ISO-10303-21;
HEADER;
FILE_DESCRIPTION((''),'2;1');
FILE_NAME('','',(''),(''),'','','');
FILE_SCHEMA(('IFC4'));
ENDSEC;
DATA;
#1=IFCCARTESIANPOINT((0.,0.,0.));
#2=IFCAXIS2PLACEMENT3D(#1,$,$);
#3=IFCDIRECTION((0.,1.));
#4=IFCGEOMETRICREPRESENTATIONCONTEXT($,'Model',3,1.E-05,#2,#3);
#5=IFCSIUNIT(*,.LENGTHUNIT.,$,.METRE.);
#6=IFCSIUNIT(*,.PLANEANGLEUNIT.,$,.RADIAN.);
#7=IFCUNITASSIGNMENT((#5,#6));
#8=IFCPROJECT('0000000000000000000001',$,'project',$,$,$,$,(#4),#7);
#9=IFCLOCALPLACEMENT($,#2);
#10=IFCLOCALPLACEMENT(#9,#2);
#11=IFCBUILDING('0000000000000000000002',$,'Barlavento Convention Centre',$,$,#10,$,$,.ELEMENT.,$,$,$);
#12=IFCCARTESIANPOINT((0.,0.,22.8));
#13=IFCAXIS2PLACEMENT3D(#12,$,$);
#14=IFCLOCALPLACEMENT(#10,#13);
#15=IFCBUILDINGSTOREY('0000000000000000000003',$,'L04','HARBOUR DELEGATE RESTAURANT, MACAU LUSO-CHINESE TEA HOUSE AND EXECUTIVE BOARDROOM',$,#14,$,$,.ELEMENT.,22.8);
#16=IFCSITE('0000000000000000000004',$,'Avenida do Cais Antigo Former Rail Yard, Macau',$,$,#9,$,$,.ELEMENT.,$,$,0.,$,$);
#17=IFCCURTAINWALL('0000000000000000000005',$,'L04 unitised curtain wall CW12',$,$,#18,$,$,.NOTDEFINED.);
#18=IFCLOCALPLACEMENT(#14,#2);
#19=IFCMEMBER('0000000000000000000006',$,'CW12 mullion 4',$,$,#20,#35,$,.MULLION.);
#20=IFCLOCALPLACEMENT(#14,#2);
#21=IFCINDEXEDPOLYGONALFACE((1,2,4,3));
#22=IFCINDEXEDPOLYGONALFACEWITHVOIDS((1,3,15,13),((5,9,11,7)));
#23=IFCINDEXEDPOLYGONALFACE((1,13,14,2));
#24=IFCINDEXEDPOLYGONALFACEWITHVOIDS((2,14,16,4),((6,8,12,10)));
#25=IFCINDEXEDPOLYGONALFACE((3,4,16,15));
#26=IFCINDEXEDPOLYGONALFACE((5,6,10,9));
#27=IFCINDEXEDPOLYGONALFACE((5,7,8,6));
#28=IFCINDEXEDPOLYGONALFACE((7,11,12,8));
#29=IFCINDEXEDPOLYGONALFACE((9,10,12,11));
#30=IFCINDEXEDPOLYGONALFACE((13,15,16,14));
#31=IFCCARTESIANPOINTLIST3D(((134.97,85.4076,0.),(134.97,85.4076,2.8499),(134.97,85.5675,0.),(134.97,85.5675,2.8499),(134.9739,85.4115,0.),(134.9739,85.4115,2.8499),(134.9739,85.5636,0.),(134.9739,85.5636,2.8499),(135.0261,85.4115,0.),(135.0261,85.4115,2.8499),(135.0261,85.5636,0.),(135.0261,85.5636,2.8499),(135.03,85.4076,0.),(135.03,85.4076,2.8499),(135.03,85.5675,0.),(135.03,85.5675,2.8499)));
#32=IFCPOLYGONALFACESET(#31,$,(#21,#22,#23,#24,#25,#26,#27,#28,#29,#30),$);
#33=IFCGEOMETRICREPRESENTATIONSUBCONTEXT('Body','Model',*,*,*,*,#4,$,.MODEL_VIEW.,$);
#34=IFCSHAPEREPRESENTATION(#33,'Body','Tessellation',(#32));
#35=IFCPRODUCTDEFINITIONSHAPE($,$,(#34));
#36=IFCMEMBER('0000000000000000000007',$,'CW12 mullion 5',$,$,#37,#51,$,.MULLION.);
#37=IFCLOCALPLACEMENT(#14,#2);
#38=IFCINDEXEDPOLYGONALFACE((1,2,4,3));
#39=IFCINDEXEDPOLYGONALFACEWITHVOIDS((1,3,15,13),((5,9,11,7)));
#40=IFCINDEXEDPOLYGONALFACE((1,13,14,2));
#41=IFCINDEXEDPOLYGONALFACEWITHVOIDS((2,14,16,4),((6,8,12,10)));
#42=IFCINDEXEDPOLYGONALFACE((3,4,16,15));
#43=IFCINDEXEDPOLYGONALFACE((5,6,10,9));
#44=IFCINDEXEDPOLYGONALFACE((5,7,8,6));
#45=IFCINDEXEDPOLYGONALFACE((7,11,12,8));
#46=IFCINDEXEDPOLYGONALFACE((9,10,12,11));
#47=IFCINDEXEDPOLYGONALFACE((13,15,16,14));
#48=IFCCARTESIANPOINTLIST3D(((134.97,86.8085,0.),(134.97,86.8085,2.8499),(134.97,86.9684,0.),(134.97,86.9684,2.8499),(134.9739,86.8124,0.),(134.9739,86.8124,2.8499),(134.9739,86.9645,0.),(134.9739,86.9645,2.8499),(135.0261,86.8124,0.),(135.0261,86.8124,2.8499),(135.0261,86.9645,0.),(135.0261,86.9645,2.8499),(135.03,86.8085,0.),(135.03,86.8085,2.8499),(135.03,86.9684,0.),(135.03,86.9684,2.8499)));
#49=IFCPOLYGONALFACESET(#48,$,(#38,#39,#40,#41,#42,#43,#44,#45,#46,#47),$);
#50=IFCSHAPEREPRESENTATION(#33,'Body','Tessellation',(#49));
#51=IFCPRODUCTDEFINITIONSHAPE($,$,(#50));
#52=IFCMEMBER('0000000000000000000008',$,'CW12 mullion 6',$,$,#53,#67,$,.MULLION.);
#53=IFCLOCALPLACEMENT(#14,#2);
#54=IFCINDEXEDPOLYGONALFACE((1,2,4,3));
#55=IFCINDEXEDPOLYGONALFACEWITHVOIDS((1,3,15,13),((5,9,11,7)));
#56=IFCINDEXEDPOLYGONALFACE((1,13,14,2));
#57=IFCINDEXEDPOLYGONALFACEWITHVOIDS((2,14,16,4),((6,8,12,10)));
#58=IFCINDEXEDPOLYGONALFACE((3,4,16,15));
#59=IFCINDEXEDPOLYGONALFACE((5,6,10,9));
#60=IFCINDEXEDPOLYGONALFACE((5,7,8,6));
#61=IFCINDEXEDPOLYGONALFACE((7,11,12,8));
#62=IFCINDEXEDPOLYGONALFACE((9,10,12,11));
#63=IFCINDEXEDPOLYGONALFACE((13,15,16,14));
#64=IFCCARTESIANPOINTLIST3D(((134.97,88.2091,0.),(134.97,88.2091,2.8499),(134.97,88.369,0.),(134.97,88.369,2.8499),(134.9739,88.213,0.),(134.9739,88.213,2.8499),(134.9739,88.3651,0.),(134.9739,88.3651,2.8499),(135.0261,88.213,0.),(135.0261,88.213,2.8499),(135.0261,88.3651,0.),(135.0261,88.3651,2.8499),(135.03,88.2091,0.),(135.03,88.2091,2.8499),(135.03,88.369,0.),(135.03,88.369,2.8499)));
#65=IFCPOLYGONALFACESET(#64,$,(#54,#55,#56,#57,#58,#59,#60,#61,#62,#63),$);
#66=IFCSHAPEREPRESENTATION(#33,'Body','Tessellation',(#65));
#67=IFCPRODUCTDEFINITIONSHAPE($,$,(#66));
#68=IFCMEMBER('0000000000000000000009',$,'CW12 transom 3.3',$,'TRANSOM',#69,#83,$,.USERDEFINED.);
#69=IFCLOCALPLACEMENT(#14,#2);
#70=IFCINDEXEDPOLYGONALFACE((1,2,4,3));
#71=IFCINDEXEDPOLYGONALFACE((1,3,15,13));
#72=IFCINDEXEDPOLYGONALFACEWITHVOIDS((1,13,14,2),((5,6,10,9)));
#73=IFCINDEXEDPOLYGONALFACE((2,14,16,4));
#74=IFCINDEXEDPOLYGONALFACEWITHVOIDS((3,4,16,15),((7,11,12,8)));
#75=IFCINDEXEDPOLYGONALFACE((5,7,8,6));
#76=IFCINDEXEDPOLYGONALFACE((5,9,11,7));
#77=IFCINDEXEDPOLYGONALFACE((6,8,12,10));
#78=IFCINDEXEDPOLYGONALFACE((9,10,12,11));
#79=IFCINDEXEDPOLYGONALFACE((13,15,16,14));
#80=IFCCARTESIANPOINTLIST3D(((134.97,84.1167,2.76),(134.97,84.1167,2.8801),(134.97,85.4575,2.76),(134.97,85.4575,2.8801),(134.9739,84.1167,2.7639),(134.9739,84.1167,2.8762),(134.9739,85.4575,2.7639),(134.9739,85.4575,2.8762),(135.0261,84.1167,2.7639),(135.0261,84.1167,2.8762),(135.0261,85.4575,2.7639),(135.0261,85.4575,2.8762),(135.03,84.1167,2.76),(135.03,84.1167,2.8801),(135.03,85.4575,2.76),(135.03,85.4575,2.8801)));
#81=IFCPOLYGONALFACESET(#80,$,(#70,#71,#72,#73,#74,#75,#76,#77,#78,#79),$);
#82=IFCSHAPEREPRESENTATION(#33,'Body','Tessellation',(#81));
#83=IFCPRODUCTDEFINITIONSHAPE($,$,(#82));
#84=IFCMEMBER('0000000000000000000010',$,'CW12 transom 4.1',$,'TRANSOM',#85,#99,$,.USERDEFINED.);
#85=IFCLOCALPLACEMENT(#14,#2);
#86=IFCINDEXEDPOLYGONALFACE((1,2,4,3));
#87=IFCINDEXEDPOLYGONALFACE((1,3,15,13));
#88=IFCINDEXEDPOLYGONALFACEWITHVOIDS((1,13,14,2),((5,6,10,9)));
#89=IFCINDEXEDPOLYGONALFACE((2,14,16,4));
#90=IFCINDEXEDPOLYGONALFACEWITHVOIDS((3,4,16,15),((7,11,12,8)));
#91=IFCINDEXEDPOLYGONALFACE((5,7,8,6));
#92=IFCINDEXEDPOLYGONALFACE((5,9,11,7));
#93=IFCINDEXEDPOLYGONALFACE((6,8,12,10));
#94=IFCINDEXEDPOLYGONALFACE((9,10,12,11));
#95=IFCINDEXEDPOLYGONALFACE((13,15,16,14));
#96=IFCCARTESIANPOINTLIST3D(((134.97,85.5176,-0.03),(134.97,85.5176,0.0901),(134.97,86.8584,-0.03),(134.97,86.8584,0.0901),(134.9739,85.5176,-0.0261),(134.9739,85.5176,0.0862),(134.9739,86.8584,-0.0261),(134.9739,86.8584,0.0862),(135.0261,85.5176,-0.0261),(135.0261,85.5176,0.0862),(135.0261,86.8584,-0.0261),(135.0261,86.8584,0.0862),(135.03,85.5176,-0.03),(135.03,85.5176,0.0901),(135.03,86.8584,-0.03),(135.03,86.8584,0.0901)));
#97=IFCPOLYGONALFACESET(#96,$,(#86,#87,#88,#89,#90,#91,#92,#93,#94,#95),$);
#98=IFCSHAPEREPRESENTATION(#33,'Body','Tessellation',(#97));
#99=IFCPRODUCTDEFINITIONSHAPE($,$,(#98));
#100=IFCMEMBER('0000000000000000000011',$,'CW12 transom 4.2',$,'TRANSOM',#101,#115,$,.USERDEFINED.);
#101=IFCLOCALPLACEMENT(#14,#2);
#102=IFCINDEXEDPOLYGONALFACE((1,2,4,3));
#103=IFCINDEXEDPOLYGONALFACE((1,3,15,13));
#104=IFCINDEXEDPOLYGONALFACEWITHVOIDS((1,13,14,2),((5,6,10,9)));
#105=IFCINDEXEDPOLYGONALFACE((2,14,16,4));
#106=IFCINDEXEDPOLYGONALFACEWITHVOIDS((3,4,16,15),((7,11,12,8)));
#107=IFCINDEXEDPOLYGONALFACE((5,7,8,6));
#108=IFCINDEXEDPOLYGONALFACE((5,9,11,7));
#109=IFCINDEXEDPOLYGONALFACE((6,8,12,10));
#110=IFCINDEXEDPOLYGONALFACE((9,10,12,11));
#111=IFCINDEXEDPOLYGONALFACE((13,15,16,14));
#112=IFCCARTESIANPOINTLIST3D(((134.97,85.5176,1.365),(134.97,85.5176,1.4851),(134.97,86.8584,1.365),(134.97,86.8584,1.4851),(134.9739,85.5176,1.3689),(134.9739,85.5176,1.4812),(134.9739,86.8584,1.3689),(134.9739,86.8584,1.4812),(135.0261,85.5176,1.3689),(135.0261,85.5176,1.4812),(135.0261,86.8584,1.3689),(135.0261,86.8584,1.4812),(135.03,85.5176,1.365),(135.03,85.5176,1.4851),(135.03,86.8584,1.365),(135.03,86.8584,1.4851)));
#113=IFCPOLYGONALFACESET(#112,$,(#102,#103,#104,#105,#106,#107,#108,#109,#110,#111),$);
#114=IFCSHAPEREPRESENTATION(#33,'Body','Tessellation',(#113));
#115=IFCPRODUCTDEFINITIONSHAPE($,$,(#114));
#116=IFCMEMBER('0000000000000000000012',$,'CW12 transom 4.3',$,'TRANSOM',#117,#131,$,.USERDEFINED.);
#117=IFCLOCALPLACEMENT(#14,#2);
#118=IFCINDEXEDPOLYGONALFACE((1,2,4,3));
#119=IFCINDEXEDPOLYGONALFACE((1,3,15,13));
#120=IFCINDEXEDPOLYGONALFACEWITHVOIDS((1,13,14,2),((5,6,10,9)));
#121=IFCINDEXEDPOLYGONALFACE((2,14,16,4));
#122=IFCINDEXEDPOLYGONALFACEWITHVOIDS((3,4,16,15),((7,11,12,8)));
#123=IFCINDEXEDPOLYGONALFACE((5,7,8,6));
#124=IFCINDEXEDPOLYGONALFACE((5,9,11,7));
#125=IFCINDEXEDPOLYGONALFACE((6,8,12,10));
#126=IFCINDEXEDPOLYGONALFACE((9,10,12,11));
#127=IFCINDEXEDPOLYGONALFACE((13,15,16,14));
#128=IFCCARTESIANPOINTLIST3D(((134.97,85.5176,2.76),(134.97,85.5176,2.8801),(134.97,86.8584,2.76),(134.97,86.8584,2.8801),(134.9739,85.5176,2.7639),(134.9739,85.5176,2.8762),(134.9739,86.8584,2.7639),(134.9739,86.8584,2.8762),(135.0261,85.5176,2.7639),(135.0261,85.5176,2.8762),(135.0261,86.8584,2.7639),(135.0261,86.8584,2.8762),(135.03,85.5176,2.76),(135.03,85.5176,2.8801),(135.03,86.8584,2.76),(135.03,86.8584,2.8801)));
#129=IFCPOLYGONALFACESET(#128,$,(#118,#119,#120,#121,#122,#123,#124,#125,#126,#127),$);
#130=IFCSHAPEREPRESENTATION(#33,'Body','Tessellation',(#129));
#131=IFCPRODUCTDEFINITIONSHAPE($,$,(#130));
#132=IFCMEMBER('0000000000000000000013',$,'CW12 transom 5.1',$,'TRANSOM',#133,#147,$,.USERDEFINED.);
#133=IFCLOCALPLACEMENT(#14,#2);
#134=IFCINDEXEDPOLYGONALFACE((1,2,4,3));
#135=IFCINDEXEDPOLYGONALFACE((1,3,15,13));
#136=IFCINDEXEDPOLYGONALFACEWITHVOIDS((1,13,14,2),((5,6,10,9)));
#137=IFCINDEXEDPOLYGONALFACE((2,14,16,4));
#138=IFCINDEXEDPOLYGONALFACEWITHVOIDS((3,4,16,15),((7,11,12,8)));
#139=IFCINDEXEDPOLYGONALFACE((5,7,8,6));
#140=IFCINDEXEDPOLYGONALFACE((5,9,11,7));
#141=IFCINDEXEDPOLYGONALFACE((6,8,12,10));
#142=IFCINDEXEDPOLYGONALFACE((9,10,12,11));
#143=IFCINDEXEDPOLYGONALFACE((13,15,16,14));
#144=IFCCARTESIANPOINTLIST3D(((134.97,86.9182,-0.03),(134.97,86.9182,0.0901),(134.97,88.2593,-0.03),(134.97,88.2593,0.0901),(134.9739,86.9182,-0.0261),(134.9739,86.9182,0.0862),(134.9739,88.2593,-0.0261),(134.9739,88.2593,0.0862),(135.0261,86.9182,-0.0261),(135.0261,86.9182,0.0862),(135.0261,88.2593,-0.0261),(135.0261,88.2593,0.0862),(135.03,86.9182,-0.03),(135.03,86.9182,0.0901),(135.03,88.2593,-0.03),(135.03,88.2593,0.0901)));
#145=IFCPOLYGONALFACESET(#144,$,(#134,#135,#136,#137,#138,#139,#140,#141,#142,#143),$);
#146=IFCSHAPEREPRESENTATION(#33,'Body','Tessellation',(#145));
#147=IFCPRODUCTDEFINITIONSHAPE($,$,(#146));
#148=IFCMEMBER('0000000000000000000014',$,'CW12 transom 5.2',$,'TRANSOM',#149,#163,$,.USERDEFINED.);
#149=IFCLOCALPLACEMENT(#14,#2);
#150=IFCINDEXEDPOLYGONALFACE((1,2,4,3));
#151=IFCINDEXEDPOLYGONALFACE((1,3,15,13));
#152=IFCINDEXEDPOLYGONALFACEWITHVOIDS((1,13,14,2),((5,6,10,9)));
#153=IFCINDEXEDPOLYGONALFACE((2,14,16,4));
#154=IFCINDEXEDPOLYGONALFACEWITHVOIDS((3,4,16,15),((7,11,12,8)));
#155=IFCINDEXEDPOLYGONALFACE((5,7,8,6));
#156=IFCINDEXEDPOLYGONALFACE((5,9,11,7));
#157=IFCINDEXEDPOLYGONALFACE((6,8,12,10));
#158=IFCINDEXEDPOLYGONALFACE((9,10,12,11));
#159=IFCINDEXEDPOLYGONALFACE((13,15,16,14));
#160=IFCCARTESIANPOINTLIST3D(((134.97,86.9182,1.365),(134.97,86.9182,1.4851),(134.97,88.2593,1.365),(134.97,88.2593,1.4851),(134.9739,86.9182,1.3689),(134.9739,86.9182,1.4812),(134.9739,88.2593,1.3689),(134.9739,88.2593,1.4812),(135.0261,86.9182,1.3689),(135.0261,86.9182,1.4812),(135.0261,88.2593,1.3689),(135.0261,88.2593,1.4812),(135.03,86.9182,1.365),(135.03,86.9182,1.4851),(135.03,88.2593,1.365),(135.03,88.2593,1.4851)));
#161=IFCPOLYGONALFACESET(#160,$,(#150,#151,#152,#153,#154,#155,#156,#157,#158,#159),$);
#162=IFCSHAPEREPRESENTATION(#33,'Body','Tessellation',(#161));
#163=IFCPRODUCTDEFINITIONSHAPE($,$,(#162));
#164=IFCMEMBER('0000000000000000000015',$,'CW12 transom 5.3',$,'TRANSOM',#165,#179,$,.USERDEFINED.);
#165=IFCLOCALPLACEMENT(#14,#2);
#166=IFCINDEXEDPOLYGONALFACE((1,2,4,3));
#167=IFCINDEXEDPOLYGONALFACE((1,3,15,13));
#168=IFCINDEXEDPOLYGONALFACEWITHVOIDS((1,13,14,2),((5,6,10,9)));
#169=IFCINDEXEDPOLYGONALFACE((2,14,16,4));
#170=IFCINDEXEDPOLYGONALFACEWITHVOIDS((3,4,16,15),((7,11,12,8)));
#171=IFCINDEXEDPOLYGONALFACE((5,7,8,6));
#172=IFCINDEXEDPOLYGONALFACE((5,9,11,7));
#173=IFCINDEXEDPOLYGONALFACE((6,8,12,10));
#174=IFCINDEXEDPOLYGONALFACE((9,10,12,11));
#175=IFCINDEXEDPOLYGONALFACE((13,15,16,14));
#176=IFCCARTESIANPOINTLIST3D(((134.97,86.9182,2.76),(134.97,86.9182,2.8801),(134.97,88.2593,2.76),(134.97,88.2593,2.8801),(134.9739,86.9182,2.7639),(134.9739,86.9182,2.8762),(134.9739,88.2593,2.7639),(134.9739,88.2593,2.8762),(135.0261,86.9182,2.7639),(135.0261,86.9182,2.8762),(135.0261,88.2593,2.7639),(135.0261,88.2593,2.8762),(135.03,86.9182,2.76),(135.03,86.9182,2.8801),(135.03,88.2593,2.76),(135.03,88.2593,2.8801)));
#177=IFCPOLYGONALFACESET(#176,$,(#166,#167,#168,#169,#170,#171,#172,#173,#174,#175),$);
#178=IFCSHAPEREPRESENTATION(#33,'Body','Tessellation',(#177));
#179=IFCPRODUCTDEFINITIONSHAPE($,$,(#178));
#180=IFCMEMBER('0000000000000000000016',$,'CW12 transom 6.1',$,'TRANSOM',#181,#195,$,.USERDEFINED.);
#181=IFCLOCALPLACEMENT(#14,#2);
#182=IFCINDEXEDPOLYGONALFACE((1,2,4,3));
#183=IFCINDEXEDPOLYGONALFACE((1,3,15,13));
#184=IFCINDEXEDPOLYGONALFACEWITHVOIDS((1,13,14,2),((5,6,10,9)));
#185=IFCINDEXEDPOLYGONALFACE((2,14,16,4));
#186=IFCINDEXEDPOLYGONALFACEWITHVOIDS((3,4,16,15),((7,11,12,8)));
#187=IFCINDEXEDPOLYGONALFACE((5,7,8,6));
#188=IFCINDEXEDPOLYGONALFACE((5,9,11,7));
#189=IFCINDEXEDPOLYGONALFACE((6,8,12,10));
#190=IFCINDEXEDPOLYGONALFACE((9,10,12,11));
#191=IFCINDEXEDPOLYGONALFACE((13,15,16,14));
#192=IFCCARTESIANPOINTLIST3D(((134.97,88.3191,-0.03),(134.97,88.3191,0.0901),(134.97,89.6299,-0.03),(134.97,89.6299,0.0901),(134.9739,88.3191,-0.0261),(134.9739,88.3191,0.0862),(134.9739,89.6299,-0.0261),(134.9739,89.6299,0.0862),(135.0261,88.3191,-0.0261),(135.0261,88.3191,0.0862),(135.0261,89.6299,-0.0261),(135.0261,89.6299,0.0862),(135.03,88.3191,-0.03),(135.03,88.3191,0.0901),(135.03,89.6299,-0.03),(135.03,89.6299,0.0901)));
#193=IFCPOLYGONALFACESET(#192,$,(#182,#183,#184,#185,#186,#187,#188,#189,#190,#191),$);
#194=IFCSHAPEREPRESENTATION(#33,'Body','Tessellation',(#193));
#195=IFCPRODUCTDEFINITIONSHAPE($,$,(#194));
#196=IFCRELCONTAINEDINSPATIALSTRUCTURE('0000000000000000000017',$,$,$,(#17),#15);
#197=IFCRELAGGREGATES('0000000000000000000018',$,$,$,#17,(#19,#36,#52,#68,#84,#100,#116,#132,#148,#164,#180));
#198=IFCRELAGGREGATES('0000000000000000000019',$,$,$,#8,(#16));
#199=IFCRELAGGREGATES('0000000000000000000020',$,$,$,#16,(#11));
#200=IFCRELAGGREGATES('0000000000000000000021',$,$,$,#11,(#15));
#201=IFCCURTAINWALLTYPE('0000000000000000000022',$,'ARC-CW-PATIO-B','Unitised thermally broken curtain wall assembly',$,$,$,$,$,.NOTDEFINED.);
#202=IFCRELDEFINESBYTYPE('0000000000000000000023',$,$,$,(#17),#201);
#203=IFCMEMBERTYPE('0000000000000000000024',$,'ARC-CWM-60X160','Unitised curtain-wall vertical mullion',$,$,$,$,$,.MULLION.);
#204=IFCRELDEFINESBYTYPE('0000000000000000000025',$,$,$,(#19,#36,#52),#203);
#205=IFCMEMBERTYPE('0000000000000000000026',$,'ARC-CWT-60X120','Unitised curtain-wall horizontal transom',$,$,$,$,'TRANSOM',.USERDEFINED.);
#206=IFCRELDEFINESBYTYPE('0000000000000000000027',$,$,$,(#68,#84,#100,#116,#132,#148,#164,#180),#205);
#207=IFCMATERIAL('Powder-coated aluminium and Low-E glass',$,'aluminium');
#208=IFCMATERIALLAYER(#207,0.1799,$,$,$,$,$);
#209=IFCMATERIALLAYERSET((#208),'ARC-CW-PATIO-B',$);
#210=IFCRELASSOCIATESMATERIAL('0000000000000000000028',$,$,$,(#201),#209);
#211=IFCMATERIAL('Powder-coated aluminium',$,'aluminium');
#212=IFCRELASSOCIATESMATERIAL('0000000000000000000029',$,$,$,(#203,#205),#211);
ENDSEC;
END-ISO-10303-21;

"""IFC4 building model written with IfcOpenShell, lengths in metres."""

from ifc_helpers import new_model, si_unit, direction, frame, origin, origin_2d, place, context, subcontext, project, spatial, hollow_rectangle, extrude, material, layer, layer_set, material_profile, profile_set, type_object, element, aggregate, save


model = new_model("IFC4")

# Units and contexts
model_context = context("Model", 3, precision=1e-05, world=origin(), true_north=direction((0.0, 1.0)))
body_context = subcontext(model_context, "Body", "Model", "MODEL_VIEW")
ifc_project = project(units=[si_unit("LENGTHUNIT", "METRE"), si_unit("PLANEANGLEUNIT", "RADIAN")], contexts=[model_context])

# Site, building, storey
site_placement = place(None, origin())
site = spatial("IfcSite", under=ifc_project, at=site_placement, Name="Avenida do Cais Antigo Former Rail Yard, Macau", CompositionType="ELEMENT", RefElevation=0.0)
building_placement = place(site_placement, origin())
building = spatial("IfcBuilding", under=site, at=building_placement, Name="Barlavento Convention Centre", CompositionType="ELEMENT")
storey_placement = place(building_placement, frame((0.0, 0.0, 22.8)))
storey = spatial("IfcBuildingStorey", under=building, at=storey_placement, Name="L04", Description="HARBOUR DELEGATE RESTAURANT, MACAU LUSO-CHINESE TEA HOUSE AND EXECUTIVE BOARDROOM", CompositionType="ELEMENT", Elevation=22.8)

# Curtain wall, members
ifc_material_1 = material(Name="Powder-coated aluminium and Low-E glass", Category="aluminium")
ifc_layer_1 = layer(ifc_material_1, 0.1799)
ifc_layer_set_1 = layer_set([ifc_layer_1], Name="ARC-CW-PATIO-B")
curtain_wall_type = type_object("IfcCurtainWallType", Name="ARC-CW-PATIO-B", Description="Unitised thermally broken curtain wall assembly", PredefinedType="NOTDEFINED", material=ifc_layer_set_1)
curtain_wall_placement = place(storey_placement, origin())
curtain_wall = element("IfcCurtainWall", 1, at=curtain_wall_placement, inside=storey, type_object=curtain_wall_type, Name="L04 unitised curtain wall CW12", PredefinedType="NOTDEFINED")
ifc_material_2 = material(Name="Powder-coated aluminium", Category="aluminium")
ifc_material_profile_1 = material_profile(ifc_material_2, hollow_rectangle(XDim=0.0601, YDim=0.1599, WallThickness=0.0039, at=origin_2d()), Name="AL-MULL 60x160x4")
ifc_profile_set_1 = profile_set([ifc_material_profile_1], Name="Powder-coated aluminium")
member_type_1 = type_object("IfcMemberType", Name="ARC-CWM-60X160", Description="Unitised curtain-wall vertical mullion", PredefinedType="MULLION", material=ifc_profile_set_1)
member_1_placement = place(storey_placement, frame((135.0, 85.4875, 0.0), z_axis=(0.0, 0.0, 1.0), x_axis=(-1.0, 0.0, 0.0)))
member_1 = element("IfcMember", 2, at=member_1_placement, type_object=member_type_1, Name="CW12 mullion 4", PredefinedType="MULLION", context=body_context, shape_type="SweptSolid", body=[
    extrude(hollow_rectangle(XDim=0.0601, YDim=0.1599, WallThickness=0.0039, at=origin_2d()), origin(), (0.0, 0.0, 1.0), 2.8499),
])
member_2_placement = place(storey_placement, frame((135.0, 86.8884, 0.0), z_axis=(0.0, 0.0, 1.0), x_axis=(-1.0, 0.0, 0.0)))
member_2 = element("IfcMember", 3, at=member_2_placement, type_object=member_type_1, Name="CW12 mullion 5", PredefinedType="MULLION", context=body_context, shape_type="SweptSolid", body=[
    extrude(hollow_rectangle(XDim=0.0601, YDim=0.1599, WallThickness=0.0039, at=origin_2d()), origin(), (0.0, 0.0, 1.0), 2.8499),
])
member_3_placement = place(storey_placement, frame((135.0, 88.2891, 0.0), z_axis=(0.0, 0.0, 1.0), x_axis=(-1.0, 0.0, 0.0)))
member_3 = element("IfcMember", 4, at=member_3_placement, type_object=member_type_1, Name="CW12 mullion 6", PredefinedType="MULLION", context=body_context, shape_type="SweptSolid", body=[
    extrude(hollow_rectangle(XDim=0.0601, YDim=0.1599, WallThickness=0.0039, at=origin_2d()), origin(), (0.0, 0.0, 1.0), 2.8499),
])
ifc_material_profile_2 = material_profile(ifc_material_2, hollow_rectangle(XDim=0.0601, YDim=0.1201, WallThickness=0.0039, at=origin_2d()), Name="AL-TRAN 60x120x4")
ifc_profile_set_2 = profile_set([ifc_material_profile_2], Name="Powder-coated aluminium")
member_type_2 = type_object("IfcMemberType", Name="ARC-CWT-60X120", Description="Unitised curtain-wall horizontal transom", ElementType="TRANSOM", PredefinedType="USERDEFINED", material=ifc_profile_set_2)
member_4_placement = place(storey_placement, frame((135.0, 84.1167, 2.8201), z_axis=(0.0, 1.0, 0.0), x_axis=(-1.0, 0.0, 0.0)))
member_4 = element("IfcMember", 5, at=member_4_placement, type_object=member_type_2, Name="CW12 transom 3.3", ObjectType="TRANSOM", PredefinedType="USERDEFINED", context=body_context, shape_type="SweptSolid", body=[
    extrude(hollow_rectangle(XDim=0.0601, YDim=0.1201, WallThickness=0.0039, at=origin_2d()), origin(), (0.0, 0.0, 1.0), 1.3408),
])
member_5_placement = place(storey_placement, frame((135.0, 85.5176, 0.03), z_axis=(0.0, 1.0, 0.0), x_axis=(-1.0, 0.0, 0.0)))
member_5 = element("IfcMember", 6, at=member_5_placement, type_object=member_type_2, Name="CW12 transom 4.1", ObjectType="TRANSOM", PredefinedType="USERDEFINED", context=body_context, shape_type="SweptSolid", body=[
    extrude(hollow_rectangle(XDim=0.0601, YDim=0.1201, WallThickness=0.0039, at=origin_2d()), origin(), (0.0, 0.0, 1.0), 1.3408),
])
member_6_placement = place(storey_placement, frame((135.0, 85.5176, 1.425), z_axis=(0.0, 1.0, 0.0), x_axis=(-1.0, 0.0, 0.0)))
member_6 = element("IfcMember", 7, at=member_6_placement, type_object=member_type_2, Name="CW12 transom 4.2", ObjectType="TRANSOM", PredefinedType="USERDEFINED", context=body_context, shape_type="SweptSolid", body=[
    extrude(hollow_rectangle(XDim=0.0601, YDim=0.1201, WallThickness=0.0039, at=origin_2d()), origin(), (0.0, 0.0, 1.0), 1.3408),
])
member_7_placement = place(storey_placement, frame((135.0, 85.5176, 2.8201), z_axis=(0.0, 1.0, 0.0), x_axis=(-1.0, 0.0, 0.0)))
member_7 = element("IfcMember", 8, at=member_7_placement, type_object=member_type_2, Name="CW12 transom 4.3", ObjectType="TRANSOM", PredefinedType="USERDEFINED", context=body_context, shape_type="SweptSolid", body=[
    extrude(hollow_rectangle(XDim=0.0601, YDim=0.1201, WallThickness=0.0039, at=origin_2d()), origin(), (0.0, 0.0, 1.0), 1.3408),
])
member_8_placement = place(storey_placement, frame((135.0, 86.9182, 0.03), z_axis=(0.0, 1.0, 0.0), x_axis=(-1.0, 0.0, 0.0)))
member_8 = element("IfcMember", 9, at=member_8_placement, type_object=member_type_2, Name="CW12 transom 5.1", ObjectType="TRANSOM", PredefinedType="USERDEFINED", context=body_context, shape_type="SweptSolid", body=[
    extrude(hollow_rectangle(XDim=0.0601, YDim=0.1201, WallThickness=0.0039, at=origin_2d()), origin(), (0.0, 0.0, 1.0), 1.3411),
])
member_9_placement = place(storey_placement, frame((135.0, 86.9182, 1.425), z_axis=(0.0, 1.0, 0.0), x_axis=(-1.0, 0.0, 0.0)))
member_9 = element("IfcMember", 10, at=member_9_placement, type_object=member_type_2, Name="CW12 transom 5.2", ObjectType="TRANSOM", PredefinedType="USERDEFINED", context=body_context, shape_type="SweptSolid", body=[
    extrude(hollow_rectangle(XDim=0.0601, YDim=0.1201, WallThickness=0.0039, at=origin_2d()), origin(), (0.0, 0.0, 1.0), 1.3411),
])
member_10_placement = place(storey_placement, frame((135.0, 86.9182, 2.8201), z_axis=(0.0, 1.0, 0.0), x_axis=(-1.0, 0.0, 0.0)))
member_10 = element("IfcMember", 11, at=member_10_placement, type_object=member_type_2, Name="CW12 transom 5.3", ObjectType="TRANSOM", PredefinedType="USERDEFINED", context=body_context, shape_type="SweptSolid", body=[
    extrude(hollow_rectangle(XDim=0.0601, YDim=0.1201, WallThickness=0.0039, at=origin_2d()), origin(), (0.0, 0.0, 1.0), 1.3411),
])
member_11_placement = place(storey_placement, frame((135.0, 88.3191, 0.03), z_axis=(0.0, 1.0, 0.0), x_axis=(-1.0, 0.0, 0.0)))
member_11 = element("IfcMember", 12, at=member_11_placement, type_object=member_type_2, Name="CW12 transom 6.1", ObjectType="TRANSOM", PredefinedType="USERDEFINED", context=body_context, shape_type="SweptSolid", body=[
    extrude(hollow_rectangle(XDim=0.0601, YDim=0.1201, WallThickness=0.0039, at=origin_2d()), origin(), (0.0, 0.0, 1.0), 1.3108),
])
aggregate(curtain_wall, [member_1, member_2, member_3, member_4, member_5, member_6, member_7, member_8, member_9, member_10, member_11])

save(model, "model.ifc")
